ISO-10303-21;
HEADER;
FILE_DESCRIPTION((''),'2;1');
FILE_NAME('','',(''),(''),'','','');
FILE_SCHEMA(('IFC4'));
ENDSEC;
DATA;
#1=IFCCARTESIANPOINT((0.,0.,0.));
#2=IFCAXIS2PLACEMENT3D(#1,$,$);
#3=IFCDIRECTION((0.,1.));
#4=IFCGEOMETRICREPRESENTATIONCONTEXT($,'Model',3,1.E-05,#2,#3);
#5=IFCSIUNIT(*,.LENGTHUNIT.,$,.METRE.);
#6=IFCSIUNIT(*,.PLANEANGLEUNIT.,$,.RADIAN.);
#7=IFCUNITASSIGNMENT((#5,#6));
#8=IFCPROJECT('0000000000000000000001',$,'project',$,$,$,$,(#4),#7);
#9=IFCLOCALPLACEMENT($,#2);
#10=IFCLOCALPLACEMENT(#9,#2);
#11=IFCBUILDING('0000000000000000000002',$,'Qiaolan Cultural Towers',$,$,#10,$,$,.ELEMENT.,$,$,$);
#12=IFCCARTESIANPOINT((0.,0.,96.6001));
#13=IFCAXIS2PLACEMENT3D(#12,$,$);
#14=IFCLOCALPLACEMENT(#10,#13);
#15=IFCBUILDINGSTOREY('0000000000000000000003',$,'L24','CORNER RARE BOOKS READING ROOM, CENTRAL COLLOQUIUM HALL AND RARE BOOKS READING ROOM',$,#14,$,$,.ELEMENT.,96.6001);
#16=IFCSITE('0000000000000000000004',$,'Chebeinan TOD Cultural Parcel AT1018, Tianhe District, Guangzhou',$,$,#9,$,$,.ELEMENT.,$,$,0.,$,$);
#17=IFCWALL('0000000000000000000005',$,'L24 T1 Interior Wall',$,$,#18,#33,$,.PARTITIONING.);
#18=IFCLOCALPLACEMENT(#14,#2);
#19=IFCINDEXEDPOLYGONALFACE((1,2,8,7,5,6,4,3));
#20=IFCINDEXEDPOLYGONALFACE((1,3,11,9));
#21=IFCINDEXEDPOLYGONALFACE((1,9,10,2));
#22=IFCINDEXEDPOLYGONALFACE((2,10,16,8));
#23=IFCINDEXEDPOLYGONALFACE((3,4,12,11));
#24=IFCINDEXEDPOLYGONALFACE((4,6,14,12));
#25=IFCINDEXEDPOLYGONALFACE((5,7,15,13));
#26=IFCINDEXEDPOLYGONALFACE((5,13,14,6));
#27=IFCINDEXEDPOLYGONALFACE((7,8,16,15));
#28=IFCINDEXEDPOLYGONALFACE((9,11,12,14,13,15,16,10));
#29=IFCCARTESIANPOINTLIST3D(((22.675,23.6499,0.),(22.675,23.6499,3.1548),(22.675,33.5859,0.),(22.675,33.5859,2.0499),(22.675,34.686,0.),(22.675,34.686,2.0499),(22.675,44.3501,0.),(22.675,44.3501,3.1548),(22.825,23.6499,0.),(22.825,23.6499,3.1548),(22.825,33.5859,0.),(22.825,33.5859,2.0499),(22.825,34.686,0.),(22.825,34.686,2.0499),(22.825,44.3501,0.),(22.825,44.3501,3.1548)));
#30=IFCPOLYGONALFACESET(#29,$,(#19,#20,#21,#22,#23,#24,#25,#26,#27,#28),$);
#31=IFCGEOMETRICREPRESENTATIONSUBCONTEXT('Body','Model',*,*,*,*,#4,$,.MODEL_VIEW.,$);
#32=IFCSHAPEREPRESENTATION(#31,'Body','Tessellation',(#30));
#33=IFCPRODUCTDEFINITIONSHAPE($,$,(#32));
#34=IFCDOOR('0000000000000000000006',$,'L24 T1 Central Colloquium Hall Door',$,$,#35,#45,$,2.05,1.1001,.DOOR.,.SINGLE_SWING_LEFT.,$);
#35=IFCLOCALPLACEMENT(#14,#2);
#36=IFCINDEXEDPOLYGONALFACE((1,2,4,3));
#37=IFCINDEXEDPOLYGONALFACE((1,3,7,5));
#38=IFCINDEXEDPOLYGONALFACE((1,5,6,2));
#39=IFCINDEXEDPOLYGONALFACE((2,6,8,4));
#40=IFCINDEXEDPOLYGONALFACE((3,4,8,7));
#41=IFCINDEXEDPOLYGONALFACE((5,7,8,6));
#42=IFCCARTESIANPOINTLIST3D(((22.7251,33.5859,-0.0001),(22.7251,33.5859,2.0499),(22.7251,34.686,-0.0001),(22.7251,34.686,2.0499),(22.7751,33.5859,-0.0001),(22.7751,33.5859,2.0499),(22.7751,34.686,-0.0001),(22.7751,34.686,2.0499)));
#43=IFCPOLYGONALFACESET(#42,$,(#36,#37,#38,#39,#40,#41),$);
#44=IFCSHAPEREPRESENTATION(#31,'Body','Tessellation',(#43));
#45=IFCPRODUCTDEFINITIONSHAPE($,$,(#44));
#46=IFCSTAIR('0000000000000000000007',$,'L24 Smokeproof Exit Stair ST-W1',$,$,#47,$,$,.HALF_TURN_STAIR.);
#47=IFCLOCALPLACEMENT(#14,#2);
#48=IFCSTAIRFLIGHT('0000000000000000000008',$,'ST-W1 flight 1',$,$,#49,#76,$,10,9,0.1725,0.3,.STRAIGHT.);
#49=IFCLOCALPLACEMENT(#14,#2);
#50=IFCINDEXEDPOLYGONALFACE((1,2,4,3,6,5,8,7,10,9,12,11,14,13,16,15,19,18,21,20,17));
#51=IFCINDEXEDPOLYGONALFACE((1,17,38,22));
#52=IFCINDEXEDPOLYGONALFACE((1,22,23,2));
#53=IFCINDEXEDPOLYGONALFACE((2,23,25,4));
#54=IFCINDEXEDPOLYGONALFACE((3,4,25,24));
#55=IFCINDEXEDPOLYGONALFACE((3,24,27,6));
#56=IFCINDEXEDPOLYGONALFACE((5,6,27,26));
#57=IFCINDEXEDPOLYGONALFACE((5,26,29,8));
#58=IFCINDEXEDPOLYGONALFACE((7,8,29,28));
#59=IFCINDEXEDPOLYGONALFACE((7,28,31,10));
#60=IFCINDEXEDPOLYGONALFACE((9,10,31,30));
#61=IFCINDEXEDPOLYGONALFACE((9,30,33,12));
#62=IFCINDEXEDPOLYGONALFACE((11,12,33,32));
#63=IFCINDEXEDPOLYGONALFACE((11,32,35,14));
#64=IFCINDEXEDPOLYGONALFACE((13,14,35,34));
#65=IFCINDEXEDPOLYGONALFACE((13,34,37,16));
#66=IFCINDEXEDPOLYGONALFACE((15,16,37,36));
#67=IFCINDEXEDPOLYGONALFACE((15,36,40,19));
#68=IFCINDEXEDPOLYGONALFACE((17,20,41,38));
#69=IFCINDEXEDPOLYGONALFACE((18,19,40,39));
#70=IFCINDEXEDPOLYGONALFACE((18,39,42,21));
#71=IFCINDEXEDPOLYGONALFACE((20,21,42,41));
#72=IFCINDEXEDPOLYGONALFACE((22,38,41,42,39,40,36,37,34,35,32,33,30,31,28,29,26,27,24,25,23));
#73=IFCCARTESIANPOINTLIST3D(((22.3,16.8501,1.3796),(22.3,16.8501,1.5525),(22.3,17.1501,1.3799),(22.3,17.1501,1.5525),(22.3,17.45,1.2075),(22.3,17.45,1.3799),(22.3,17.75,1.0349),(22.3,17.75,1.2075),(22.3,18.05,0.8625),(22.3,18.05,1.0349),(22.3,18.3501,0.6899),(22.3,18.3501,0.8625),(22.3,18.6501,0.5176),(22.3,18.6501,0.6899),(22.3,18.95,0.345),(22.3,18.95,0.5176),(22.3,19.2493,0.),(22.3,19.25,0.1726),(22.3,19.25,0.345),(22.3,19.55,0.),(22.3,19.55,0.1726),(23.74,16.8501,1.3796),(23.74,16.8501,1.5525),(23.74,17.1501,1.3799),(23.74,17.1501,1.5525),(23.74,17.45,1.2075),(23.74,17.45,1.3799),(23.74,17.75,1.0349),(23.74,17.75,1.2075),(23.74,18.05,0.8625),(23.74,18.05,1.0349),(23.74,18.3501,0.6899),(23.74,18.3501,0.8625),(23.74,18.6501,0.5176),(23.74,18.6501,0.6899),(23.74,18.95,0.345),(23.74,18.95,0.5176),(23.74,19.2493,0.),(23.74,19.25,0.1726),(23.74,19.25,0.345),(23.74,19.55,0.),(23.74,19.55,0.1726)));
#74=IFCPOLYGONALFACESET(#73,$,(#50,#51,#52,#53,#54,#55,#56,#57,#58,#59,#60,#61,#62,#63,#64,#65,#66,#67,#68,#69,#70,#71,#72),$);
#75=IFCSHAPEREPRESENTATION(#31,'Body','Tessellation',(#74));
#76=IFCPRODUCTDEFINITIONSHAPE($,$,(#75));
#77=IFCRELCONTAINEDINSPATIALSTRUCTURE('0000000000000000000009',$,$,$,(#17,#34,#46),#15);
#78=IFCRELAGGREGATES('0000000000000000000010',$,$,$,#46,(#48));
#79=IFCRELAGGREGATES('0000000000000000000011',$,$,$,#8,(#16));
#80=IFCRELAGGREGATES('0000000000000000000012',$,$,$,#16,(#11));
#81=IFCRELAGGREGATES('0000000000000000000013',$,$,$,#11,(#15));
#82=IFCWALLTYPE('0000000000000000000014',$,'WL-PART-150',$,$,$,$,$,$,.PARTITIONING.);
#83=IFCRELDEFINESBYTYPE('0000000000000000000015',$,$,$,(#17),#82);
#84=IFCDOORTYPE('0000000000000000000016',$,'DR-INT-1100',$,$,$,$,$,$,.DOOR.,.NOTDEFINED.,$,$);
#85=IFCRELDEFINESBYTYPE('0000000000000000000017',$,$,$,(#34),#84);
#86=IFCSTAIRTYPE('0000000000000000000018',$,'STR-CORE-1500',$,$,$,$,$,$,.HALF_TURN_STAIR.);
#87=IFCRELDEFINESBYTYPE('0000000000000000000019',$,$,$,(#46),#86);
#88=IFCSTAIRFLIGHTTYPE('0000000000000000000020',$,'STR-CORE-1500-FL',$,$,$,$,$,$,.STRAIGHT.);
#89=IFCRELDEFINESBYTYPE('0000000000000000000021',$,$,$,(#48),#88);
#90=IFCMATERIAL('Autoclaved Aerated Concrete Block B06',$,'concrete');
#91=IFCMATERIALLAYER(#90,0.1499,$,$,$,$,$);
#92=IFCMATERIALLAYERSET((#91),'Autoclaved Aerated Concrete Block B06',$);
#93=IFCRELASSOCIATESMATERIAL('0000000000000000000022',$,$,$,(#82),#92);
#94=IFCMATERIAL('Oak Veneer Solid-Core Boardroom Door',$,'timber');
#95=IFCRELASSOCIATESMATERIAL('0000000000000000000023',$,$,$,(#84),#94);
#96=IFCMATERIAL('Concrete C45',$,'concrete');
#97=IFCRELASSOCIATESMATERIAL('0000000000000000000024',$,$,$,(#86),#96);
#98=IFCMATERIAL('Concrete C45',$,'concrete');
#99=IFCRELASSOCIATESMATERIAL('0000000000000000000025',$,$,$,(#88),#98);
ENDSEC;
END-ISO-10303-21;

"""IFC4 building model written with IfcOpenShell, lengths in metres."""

from ifc_helpers import new_model, si_unit, direction, frame, frame_2d, origin, place, context, subcontext, project, spatial, polyline, rectangle, outline, extrude, material, layer, layer_set, type_object, element, fill, aggregate, save


model = new_model("IFC4")

# Units and contexts
model_context = context("Model", 3, precision=1e-05, world=origin(), true_north=direction((0.0, 1.0)))
body_context = subcontext(model_context, "Body", "Model", "MODEL_VIEW")
ifc_project = project(units=[si_unit("LENGTHUNIT", "METRE"), si_unit("PLANEANGLEUNIT", "RADIAN")], contexts=[model_context])

# Site, building, storey
site_placement = place(None, origin())
site = spatial("IfcSite", under=ifc_project, at=site_placement, Name="Chebeinan TOD Cultural Parcel AT1018, Tianhe District, Guangzhou", CompositionType="ELEMENT", RefElevation=0.0)
building_placement = place(site_placement, origin())
building = spatial("IfcBuilding", under=site, at=building_placement, Name="Qiaolan Cultural Towers", CompositionType="ELEMENT")
storey_placement = place(building_placement, frame((0.0, 0.0, 96.6001)))
storey = spatial("IfcBuildingStorey", under=building, at=storey_placement, Name="L24", Description="CORNER RARE BOOKS READING ROOM, CENTRAL COLLOQUIUM HALL AND RARE BOOKS READING ROOM", CompositionType="ELEMENT", Elevation=96.6001)

# Shared definitions
ifc_material_1 = material(Name="Autoclaved Aerated Concrete Block B06", Category="concrete")
ifc_layer_1 = layer(ifc_material_1, 0.1499)
ifc_layer_set_1 = layer_set([ifc_layer_1], Name="Autoclaved Aerated Concrete Block B06")
wall_type_1 = type_object("IfcWallType", Name="WL-PART-150", PredefinedType="PARTITIONING", material=ifc_layer_set_1)

# Wall, opening, door
wall_1_placement = place(storey_placement, frame((22.75, 23.6499, 0.0), z_axis=(0.0, 0.0, 1.0), x_axis=(0.0, 1.0, 0.0)))
wall_1 = element("IfcWall", 1, at=wall_1_placement, inside=storey, type_object=wall_type_1, Name="L24 T1 Interior Wall", PredefinedType="PARTITIONING", context=body_context, shape_type="SweptSolid", body=[
    extrude(rectangle(XDim=20.7002, YDim=0.1499, at=frame_2d((10.3501, 0.0))), origin(), (0.0, 0.0, 1.0), 3.1548),
])
opening_1_placement = place(wall_1_placement, frame((9.936, 0.0, 0.0)))
opening_1 = element("IfcOpeningElement", 2, at=opening_1_placement, cuts=wall_1, PredefinedType="OPENING", context=body_context, shape_type="SweptSolid", body=[
    extrude(rectangle(XDim=1.1001, YDim=2.05, at=frame_2d((0.55, 1.0249))), frame((0.0, 0.085, 0.0), z_axis=(0.0, -1.0, 0.0), x_axis=(1.0, 0.0, 0.0)), (0.0, 0.0, 1.0), 0.1699),
])
ifc_material_2 = material(Name="Oak Veneer Solid-Core Boardroom Door", Category="timber")
door_type_1 = type_object("IfcDoorType", Name="DR-INT-1100", OperationType="NOTDEFINED", PredefinedType="DOOR", material=ifc_material_2)
door_1_placement = place(opening_1_placement, origin())
door_1 = element("IfcDoor", 3, at=door_1_placement, inside=storey, type_object=door_type_1, Name="L24 T1 Central Colloquium Hall Door", OperationType="SINGLE_SWING_LEFT", OverallHeight=2.05, OverallWidth=1.1001, PredefinedType="DOOR", context=body_context, shape_type="SweptSolid", body=[
    extrude(rectangle(XDim=1.1001, YDim=2.05, at=frame_2d((0.55, 1.0249))), frame((0.0, 0.0249, 0.0), z_axis=(0.0, -1.0, 0.0), x_axis=(1.0, 0.0, 0.0)), (0.0, 0.0, 1.0), 0.05),
])
fill(opening_1, door_1)

# Stair, stair flight
ifc_material_3 = material(Name="Concrete C45", Category="concrete")
stair_type = type_object("IfcStairType", Name="STR-CORE-1500", PredefinedType="HALF_TURN_STAIR", material=ifc_material_3)
stair_placement = place(storey_placement, origin())
stair = element("IfcStair", 4, at=stair_placement, inside=storey, type_object=stair_type, Name="L24 Smokeproof Exit Stair ST-W1", PredefinedType="HALF_TURN_STAIR")
ifc_material_4 = material(Name="Concrete C45", Category="concrete")
stair_flight_type = type_object("IfcStairFlightType", Name="STR-CORE-1500-FL", PredefinedType="STRAIGHT", material=ifc_material_4)
stair_flight_placement = place(storey_placement, frame((23.02, 19.55, 0.0), z_axis=(0.0, 0.0, 1.0), x_axis=(0.0, -1.0, 0.0)))
stair_flight = element("IfcStairFlight", 5, at=stair_flight_placement, type_object=stair_flight_type, Name="ST-W1 flight 1", NumberOfRisers=10, NumberOfTreads=9, PredefinedType="STRAIGHT", RiserHeight=0.1725, TreadLength=0.3, context=body_context, shape_type="SweptSolid", body=[
    extrude(outline(polyline([(0.0, 0.0), (0.0, 0.1726), (0.3, 0.1726), (0.3, 0.345), (0.6001, 0.345), (0.6001, 0.5176), (0.8999, 0.5176), (0.8999, 0.6899), (1.2, 0.6899), (1.2, 0.8625), (1.5, 0.8625), (1.5, 1.0349), (1.8, 1.0349), (1.8, 1.2075), (2.1001, 1.2075), (2.1001, 1.3799), (2.3999, 1.3799), (2.3999, 1.5525), (2.7, 1.5525), (2.7, 1.7251), (2.7, 1.3796), (0.3008, 0.0), (0.0, 0.0)])), frame((0.0, 0.72, 0.0), z_axis=(0.0, -1.0, 0.0), x_axis=(1.0, 0.0, 0.0)), (0.0, 0.0, 1.0), 1.4399),
])
aggregate(stair, [stair_flight])

save(model, "model.ifc")
